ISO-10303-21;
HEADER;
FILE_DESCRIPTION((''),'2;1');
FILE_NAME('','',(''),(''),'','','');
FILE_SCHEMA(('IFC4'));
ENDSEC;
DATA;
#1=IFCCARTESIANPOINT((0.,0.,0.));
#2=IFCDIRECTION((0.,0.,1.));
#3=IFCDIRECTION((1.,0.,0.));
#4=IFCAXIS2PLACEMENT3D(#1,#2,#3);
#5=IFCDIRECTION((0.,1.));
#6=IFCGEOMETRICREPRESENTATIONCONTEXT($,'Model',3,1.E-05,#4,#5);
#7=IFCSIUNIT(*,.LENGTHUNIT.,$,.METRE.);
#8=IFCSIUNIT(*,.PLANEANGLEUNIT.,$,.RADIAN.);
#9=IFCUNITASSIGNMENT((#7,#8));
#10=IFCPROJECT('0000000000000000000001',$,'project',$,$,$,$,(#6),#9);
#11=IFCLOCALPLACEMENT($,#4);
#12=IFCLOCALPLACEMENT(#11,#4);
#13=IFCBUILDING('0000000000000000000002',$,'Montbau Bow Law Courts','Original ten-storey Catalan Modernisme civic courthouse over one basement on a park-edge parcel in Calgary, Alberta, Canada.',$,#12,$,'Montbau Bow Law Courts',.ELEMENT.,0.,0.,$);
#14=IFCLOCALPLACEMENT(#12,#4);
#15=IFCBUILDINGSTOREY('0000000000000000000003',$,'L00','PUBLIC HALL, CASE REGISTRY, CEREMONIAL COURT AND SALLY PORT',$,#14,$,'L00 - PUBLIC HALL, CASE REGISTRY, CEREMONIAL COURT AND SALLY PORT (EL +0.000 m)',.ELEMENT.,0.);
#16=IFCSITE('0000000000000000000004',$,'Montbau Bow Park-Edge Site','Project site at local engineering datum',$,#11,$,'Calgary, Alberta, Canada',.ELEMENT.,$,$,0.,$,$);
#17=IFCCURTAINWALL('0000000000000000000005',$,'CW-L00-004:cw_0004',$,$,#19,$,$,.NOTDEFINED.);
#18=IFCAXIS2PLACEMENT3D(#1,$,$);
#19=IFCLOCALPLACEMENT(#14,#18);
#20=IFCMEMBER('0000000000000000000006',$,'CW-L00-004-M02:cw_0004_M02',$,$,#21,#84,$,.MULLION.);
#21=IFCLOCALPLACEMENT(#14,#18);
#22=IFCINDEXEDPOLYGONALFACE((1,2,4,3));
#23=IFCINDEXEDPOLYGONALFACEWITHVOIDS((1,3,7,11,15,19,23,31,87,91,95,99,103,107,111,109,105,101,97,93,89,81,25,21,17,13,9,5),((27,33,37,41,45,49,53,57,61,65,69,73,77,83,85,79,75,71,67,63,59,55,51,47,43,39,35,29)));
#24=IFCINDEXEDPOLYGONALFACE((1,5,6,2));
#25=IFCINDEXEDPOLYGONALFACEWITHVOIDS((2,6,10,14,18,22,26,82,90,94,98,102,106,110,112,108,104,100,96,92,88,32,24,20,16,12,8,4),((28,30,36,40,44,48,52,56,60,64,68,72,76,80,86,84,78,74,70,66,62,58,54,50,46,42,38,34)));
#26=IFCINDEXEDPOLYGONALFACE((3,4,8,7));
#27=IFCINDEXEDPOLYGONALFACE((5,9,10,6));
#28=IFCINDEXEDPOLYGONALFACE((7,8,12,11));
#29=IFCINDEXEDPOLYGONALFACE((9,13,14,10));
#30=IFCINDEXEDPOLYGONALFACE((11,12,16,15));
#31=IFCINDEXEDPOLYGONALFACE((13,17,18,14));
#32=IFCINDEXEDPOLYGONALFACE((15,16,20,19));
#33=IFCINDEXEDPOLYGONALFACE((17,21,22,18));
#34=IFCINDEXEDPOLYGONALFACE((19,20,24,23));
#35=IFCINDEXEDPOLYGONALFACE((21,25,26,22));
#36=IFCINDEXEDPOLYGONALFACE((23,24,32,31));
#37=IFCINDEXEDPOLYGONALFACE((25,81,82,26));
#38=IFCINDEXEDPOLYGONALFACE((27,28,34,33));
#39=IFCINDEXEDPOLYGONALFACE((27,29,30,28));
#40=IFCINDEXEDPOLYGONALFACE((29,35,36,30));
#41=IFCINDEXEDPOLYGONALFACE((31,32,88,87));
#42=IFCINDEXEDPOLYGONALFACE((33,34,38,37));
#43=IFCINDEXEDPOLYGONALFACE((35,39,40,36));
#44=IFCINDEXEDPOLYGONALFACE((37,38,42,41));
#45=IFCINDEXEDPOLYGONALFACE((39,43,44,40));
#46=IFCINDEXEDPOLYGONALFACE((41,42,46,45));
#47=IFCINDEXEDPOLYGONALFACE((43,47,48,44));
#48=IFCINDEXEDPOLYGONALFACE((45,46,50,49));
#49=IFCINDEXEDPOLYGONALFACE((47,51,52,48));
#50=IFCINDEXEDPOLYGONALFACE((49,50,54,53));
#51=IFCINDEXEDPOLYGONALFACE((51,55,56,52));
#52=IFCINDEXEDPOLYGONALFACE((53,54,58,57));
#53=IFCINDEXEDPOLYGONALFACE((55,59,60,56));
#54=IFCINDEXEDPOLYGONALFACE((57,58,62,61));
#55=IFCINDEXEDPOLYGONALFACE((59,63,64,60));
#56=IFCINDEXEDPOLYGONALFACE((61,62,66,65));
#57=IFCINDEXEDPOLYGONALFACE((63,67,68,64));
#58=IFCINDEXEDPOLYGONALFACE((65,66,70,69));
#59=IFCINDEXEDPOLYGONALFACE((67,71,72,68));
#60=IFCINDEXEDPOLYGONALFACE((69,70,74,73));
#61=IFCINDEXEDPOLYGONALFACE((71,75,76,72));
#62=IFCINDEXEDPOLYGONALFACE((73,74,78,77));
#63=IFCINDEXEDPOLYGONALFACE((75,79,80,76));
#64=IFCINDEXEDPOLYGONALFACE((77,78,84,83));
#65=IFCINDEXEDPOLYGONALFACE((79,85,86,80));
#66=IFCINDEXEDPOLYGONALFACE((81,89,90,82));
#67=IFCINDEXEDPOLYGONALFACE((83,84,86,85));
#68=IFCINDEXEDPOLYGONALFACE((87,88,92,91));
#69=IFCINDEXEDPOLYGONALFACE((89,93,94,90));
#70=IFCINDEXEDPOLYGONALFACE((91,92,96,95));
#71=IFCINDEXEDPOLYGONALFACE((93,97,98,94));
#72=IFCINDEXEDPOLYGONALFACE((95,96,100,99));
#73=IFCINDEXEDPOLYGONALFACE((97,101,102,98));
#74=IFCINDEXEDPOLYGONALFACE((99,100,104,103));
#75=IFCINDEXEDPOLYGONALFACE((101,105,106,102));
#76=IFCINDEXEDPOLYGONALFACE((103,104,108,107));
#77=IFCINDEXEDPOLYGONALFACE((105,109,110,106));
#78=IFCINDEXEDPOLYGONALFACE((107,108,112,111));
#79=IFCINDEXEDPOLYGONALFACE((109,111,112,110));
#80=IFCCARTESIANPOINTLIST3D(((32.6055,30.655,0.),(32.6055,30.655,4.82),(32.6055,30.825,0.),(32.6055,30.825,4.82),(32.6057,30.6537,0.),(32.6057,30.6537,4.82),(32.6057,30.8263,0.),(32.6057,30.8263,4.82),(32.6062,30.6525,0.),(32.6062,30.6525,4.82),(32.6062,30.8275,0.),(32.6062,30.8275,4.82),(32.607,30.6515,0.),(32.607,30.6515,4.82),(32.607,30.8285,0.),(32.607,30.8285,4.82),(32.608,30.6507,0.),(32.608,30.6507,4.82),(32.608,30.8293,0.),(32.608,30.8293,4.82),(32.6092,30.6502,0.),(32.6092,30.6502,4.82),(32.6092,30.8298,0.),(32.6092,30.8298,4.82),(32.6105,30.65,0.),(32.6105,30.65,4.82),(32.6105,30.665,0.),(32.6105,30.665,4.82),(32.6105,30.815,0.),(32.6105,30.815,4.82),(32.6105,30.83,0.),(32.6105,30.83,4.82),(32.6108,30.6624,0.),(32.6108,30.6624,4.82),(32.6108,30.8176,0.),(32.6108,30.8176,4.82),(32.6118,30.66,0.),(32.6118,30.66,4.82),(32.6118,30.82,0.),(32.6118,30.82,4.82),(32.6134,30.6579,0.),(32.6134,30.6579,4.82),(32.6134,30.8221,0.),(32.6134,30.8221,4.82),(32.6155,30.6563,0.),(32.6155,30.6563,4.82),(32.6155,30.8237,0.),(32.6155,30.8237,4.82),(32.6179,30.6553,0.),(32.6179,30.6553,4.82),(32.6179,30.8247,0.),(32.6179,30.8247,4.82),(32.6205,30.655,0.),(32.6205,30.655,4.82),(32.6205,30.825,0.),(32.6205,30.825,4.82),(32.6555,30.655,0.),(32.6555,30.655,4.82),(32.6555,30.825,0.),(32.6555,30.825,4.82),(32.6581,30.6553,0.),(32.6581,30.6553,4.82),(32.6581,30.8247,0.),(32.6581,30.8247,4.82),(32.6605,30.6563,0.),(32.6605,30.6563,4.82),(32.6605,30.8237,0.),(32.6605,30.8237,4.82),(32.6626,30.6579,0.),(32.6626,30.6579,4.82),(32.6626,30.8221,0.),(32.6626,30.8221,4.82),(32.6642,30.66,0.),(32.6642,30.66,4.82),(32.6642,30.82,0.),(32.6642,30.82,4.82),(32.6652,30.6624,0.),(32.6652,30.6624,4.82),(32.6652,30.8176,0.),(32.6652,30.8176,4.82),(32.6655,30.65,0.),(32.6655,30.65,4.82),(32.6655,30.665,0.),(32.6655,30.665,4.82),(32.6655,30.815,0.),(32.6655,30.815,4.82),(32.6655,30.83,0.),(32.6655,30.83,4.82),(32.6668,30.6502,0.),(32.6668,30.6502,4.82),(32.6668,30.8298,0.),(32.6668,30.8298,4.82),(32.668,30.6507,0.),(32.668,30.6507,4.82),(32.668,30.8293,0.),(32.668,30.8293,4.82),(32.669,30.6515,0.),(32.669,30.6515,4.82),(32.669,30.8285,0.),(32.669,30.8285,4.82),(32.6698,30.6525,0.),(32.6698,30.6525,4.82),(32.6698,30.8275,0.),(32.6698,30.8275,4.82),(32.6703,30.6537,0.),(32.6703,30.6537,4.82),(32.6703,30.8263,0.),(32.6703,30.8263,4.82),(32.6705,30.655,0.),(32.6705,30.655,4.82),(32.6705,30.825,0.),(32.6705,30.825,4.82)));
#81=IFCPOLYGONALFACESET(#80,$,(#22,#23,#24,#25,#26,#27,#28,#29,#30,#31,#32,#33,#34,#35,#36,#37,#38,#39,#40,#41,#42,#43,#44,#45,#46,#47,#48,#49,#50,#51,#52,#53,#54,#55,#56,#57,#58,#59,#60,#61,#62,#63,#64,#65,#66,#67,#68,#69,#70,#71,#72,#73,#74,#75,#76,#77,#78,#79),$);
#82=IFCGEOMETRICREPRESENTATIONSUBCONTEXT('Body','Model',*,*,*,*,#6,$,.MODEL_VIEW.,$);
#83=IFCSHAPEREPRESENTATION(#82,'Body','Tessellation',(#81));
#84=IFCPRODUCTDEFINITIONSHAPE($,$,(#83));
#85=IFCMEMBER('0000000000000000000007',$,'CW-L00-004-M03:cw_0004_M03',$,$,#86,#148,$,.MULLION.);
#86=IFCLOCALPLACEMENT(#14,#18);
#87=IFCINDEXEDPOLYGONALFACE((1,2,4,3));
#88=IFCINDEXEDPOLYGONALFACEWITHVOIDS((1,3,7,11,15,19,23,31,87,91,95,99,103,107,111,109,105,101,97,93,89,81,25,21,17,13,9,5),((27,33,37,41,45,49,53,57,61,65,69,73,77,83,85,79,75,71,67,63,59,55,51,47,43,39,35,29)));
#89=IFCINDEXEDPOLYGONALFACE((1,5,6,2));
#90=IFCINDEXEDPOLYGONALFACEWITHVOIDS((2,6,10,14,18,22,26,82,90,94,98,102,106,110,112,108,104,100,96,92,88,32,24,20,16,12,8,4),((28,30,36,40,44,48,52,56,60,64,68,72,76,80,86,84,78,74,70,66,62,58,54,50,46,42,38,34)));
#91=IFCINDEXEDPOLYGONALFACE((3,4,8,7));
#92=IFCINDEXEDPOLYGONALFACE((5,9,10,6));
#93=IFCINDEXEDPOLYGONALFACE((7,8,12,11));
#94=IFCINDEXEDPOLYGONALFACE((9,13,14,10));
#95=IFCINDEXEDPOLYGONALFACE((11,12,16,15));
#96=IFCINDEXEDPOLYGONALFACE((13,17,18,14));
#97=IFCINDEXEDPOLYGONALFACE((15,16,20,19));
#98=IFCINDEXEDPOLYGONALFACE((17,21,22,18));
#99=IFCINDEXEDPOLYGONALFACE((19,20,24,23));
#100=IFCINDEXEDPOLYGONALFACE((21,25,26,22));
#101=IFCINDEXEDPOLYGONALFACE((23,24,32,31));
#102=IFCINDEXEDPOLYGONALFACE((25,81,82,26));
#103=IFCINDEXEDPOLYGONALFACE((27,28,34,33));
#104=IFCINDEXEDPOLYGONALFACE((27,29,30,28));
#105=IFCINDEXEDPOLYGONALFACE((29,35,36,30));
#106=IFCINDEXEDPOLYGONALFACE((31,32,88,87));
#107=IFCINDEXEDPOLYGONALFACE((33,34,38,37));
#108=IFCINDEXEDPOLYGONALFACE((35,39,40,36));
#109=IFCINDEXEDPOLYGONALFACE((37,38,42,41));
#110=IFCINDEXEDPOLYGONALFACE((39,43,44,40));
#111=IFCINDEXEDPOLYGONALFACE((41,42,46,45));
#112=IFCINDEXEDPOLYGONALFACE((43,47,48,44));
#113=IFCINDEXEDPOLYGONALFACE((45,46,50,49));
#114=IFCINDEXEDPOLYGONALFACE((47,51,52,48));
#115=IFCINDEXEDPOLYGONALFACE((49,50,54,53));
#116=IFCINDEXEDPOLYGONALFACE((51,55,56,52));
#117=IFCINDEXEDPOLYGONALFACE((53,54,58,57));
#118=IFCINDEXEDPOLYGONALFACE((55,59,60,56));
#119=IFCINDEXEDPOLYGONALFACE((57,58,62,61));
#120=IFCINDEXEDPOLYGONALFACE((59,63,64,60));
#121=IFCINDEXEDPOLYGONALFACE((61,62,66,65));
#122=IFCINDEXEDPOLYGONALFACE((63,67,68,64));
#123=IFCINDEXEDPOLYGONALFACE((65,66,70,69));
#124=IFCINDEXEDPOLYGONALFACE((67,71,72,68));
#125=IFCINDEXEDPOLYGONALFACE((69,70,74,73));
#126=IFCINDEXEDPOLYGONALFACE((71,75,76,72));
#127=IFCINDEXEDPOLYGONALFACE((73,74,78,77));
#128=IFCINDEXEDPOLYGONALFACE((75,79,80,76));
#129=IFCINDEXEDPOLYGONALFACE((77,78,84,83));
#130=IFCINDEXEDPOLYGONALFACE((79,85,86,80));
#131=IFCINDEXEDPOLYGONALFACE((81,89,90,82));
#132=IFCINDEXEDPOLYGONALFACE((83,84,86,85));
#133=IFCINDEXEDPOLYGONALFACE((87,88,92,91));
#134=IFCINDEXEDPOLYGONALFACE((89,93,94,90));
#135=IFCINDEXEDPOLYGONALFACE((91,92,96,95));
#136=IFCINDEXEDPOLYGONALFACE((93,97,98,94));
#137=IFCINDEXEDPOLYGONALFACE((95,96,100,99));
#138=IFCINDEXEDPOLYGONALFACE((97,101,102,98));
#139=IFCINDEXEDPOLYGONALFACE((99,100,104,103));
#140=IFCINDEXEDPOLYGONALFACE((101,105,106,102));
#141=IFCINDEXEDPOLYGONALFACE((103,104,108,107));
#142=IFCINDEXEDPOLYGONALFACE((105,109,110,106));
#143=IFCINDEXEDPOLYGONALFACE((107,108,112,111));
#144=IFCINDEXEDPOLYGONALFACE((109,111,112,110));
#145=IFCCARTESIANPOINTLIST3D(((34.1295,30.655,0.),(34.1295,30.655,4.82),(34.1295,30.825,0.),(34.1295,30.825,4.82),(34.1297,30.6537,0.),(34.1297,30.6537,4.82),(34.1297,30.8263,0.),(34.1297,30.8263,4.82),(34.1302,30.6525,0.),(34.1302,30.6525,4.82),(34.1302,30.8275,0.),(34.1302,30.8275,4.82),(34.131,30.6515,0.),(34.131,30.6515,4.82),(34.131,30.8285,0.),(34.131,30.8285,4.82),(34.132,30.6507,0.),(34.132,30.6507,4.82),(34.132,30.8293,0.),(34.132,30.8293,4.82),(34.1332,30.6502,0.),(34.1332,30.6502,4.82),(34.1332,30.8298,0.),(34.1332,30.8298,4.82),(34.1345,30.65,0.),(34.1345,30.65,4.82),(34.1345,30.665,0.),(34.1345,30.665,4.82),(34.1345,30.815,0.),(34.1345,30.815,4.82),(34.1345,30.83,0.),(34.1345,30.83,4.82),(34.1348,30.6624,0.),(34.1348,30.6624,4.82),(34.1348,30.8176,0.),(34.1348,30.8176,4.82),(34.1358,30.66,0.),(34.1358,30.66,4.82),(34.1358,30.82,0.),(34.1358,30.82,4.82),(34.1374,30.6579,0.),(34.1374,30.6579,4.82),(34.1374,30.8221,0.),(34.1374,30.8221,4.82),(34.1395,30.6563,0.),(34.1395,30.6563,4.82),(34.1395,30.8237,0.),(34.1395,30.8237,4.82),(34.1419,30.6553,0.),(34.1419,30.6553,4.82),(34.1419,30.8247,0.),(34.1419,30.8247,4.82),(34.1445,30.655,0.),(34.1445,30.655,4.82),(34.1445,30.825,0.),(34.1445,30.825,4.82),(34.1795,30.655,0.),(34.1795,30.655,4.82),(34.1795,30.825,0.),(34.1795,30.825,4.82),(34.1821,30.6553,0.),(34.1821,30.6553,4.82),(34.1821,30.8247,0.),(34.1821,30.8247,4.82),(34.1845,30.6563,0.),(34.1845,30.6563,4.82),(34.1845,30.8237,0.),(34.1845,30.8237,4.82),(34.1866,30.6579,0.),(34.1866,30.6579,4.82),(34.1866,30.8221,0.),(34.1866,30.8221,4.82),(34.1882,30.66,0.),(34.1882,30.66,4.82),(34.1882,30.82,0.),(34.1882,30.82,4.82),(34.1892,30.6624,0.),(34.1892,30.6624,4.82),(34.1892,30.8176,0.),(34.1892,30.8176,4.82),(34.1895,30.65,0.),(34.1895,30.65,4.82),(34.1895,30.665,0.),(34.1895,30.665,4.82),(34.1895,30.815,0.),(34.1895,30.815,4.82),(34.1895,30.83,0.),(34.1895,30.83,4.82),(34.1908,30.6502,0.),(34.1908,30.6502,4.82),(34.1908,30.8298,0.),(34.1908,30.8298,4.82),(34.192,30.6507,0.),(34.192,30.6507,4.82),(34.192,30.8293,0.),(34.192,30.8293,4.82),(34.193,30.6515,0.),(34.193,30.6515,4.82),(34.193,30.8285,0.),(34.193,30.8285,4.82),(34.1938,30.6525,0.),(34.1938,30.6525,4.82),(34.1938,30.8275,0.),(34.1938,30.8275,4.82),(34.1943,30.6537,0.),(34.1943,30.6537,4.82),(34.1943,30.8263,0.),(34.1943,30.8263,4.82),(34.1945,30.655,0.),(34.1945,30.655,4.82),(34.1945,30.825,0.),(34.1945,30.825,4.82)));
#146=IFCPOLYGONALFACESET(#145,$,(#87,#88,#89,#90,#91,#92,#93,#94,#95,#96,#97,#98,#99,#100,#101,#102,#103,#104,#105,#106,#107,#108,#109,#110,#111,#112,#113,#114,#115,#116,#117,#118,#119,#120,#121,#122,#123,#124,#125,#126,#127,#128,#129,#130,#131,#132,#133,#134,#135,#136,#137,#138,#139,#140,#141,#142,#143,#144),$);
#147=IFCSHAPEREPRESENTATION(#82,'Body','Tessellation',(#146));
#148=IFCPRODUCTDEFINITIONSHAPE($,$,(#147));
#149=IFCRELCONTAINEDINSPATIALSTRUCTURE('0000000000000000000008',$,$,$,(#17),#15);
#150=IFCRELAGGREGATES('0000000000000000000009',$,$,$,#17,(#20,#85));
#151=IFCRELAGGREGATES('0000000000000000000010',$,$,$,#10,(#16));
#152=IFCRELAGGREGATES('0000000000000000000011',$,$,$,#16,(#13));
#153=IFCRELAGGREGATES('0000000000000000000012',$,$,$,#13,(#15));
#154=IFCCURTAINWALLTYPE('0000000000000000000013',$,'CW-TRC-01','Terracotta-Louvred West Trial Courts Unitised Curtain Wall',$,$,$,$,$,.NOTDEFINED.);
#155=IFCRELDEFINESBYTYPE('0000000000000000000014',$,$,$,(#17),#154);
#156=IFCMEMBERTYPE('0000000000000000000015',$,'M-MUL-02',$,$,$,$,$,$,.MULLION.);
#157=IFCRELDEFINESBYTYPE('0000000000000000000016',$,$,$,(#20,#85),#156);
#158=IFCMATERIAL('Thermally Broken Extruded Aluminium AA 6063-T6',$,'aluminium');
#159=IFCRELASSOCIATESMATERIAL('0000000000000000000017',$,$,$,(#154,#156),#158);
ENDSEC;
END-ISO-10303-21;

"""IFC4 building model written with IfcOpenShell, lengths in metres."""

from ifc_helpers import new_model, si_unit, direction, frame, origin_with_axes, origin_2d_with_axis, place, context, subcontext, project, spatial, hollow_rectangle, extrude, material, material_profile, profile_set, type_object, element, aggregate, save


model = new_model("IFC4")

# Units and contexts
model_context = context("Model", 3, precision=1e-05, world=origin_with_axes(), true_north=direction((0.0, 1.0)))
body_context = subcontext(model_context, "Body", "Model", "MODEL_VIEW")
ifc_project = project(units=[si_unit("LENGTHUNIT", "METRE"), si_unit("PLANEANGLEUNIT", "RADIAN")], contexts=[model_context])

# Site, building, storey
site_placement = place(None, origin_with_axes())
site = spatial("IfcSite", under=ifc_project, at=site_placement, Name="Montbau Bow Park-Edge Site", Description="Project site at local engineering datum", LongName="Calgary, Alberta, Canada", CompositionType="ELEMENT", RefElevation=0.0)
building_placement = place(site_placement, origin_with_axes())
building = spatial("IfcBuilding", under=site, at=building_placement, Name="Montbau Bow Law Courts", Description="Original ten-storey Catalan Modernisme civic courthouse over one basement on a park-edge parcel in Calgary, Alberta, Canada.", LongName="Montbau Bow Law Courts", CompositionType="ELEMENT", ElevationOfRefHeight=0.0, ElevationOfTerrain=0.0)
storey_placement = place(building_placement, origin_with_axes())
storey = spatial("IfcBuildingStorey", under=building, at=storey_placement, Name="L00", Description="PUBLIC HALL, CASE REGISTRY, CEREMONIAL COURT AND SALLY PORT", LongName="L00 - PUBLIC HALL, CASE REGISTRY, CEREMONIAL COURT AND SALLY PORT (EL +0.000 m)", CompositionType="ELEMENT", Elevation=0.0)

# Curtain wall, members
ifc_material_1 = material(Name="Thermally Broken Extruded Aluminium AA 6063-T6", Category="aluminium")
curtain_wall_type = type_object("IfcCurtainWallType", Name="CW-TRC-01", Description="Terracotta-Louvred West Trial Courts Unitised Curtain Wall", PredefinedType="NOTDEFINED", material=ifc_material_1)
curtain_wall_placement = place(None, frame((31.115, 30.74, 0.0), z_axis=(0.0, 0.0, 1.0), x_axis=(1.0, 0.0, 0.0)))
curtain_wall = element("IfcCurtainWall", 1, at=curtain_wall_placement, inside=storey, type_object=curtain_wall_type, Name="CW-L00-004:cw_0004", PredefinedType="NOTDEFINED")
ifc_material_profile_1 = material_profile(ifc_material_1, hollow_rectangle(XDim=0.065, YDim=0.18, WallThickness=0.005, InnerFilletRadius=0.01, OuterFilletRadius=0.005, at=origin_2d_with_axis()), Name="CWM-180X65", Category="Main", Priority=0)
ifc_profile_set_1 = profile_set([ifc_material_profile_1], Name="Thermally Broken Extruded Aluminium AA 6063-T6")
member_type_1 = type_object("IfcMemberType", Name="M-MUL-02", PredefinedType="MULLION", material=ifc_profile_set_1)
member_1_placement = place(None, frame((32.638, 30.74, 0.0), z_axis=(0.0, 0.0, 1.0), x_axis=(1.0, 0.0, 0.0)))
member_1 = element("IfcMember", 2, at=member_1_placement, type_object=member_type_1, Name="CW-L00-004-M02:cw_0004_M02", PredefinedType="MULLION", context=body_context, shape_type="SweptSolid", body=[
    extrude(hollow_rectangle(XDim=0.065, YDim=0.18, WallThickness=0.005, InnerFilletRadius=0.01, OuterFilletRadius=0.005, at=origin_2d_with_axis()), origin_with_axes(), (0.0, 0.0, 1.0), 4.82),
])
member_2_placement = place(None, frame((34.162, 30.74, 0.0), z_axis=(0.0, 0.0, 1.0), x_axis=(1.0, 0.0, 0.0)))
member_2 = element("IfcMember", 3, at=member_2_placement, type_object=member_type_1, Name="CW-L00-004-M03:cw_0004_M03", PredefinedType="MULLION", context=body_context, shape_type="SweptSolid", body=[
    extrude(hollow_rectangle(XDim=0.065, YDim=0.18, WallThickness=0.005, InnerFilletRadius=0.01, OuterFilletRadius=0.005, at=origin_2d_with_axis()), origin_with_axes(), (0.0, 0.0, 1.0), 4.82),
])
aggregate(curtain_wall, [member_1, member_2])

save(model, "model.ifc")
